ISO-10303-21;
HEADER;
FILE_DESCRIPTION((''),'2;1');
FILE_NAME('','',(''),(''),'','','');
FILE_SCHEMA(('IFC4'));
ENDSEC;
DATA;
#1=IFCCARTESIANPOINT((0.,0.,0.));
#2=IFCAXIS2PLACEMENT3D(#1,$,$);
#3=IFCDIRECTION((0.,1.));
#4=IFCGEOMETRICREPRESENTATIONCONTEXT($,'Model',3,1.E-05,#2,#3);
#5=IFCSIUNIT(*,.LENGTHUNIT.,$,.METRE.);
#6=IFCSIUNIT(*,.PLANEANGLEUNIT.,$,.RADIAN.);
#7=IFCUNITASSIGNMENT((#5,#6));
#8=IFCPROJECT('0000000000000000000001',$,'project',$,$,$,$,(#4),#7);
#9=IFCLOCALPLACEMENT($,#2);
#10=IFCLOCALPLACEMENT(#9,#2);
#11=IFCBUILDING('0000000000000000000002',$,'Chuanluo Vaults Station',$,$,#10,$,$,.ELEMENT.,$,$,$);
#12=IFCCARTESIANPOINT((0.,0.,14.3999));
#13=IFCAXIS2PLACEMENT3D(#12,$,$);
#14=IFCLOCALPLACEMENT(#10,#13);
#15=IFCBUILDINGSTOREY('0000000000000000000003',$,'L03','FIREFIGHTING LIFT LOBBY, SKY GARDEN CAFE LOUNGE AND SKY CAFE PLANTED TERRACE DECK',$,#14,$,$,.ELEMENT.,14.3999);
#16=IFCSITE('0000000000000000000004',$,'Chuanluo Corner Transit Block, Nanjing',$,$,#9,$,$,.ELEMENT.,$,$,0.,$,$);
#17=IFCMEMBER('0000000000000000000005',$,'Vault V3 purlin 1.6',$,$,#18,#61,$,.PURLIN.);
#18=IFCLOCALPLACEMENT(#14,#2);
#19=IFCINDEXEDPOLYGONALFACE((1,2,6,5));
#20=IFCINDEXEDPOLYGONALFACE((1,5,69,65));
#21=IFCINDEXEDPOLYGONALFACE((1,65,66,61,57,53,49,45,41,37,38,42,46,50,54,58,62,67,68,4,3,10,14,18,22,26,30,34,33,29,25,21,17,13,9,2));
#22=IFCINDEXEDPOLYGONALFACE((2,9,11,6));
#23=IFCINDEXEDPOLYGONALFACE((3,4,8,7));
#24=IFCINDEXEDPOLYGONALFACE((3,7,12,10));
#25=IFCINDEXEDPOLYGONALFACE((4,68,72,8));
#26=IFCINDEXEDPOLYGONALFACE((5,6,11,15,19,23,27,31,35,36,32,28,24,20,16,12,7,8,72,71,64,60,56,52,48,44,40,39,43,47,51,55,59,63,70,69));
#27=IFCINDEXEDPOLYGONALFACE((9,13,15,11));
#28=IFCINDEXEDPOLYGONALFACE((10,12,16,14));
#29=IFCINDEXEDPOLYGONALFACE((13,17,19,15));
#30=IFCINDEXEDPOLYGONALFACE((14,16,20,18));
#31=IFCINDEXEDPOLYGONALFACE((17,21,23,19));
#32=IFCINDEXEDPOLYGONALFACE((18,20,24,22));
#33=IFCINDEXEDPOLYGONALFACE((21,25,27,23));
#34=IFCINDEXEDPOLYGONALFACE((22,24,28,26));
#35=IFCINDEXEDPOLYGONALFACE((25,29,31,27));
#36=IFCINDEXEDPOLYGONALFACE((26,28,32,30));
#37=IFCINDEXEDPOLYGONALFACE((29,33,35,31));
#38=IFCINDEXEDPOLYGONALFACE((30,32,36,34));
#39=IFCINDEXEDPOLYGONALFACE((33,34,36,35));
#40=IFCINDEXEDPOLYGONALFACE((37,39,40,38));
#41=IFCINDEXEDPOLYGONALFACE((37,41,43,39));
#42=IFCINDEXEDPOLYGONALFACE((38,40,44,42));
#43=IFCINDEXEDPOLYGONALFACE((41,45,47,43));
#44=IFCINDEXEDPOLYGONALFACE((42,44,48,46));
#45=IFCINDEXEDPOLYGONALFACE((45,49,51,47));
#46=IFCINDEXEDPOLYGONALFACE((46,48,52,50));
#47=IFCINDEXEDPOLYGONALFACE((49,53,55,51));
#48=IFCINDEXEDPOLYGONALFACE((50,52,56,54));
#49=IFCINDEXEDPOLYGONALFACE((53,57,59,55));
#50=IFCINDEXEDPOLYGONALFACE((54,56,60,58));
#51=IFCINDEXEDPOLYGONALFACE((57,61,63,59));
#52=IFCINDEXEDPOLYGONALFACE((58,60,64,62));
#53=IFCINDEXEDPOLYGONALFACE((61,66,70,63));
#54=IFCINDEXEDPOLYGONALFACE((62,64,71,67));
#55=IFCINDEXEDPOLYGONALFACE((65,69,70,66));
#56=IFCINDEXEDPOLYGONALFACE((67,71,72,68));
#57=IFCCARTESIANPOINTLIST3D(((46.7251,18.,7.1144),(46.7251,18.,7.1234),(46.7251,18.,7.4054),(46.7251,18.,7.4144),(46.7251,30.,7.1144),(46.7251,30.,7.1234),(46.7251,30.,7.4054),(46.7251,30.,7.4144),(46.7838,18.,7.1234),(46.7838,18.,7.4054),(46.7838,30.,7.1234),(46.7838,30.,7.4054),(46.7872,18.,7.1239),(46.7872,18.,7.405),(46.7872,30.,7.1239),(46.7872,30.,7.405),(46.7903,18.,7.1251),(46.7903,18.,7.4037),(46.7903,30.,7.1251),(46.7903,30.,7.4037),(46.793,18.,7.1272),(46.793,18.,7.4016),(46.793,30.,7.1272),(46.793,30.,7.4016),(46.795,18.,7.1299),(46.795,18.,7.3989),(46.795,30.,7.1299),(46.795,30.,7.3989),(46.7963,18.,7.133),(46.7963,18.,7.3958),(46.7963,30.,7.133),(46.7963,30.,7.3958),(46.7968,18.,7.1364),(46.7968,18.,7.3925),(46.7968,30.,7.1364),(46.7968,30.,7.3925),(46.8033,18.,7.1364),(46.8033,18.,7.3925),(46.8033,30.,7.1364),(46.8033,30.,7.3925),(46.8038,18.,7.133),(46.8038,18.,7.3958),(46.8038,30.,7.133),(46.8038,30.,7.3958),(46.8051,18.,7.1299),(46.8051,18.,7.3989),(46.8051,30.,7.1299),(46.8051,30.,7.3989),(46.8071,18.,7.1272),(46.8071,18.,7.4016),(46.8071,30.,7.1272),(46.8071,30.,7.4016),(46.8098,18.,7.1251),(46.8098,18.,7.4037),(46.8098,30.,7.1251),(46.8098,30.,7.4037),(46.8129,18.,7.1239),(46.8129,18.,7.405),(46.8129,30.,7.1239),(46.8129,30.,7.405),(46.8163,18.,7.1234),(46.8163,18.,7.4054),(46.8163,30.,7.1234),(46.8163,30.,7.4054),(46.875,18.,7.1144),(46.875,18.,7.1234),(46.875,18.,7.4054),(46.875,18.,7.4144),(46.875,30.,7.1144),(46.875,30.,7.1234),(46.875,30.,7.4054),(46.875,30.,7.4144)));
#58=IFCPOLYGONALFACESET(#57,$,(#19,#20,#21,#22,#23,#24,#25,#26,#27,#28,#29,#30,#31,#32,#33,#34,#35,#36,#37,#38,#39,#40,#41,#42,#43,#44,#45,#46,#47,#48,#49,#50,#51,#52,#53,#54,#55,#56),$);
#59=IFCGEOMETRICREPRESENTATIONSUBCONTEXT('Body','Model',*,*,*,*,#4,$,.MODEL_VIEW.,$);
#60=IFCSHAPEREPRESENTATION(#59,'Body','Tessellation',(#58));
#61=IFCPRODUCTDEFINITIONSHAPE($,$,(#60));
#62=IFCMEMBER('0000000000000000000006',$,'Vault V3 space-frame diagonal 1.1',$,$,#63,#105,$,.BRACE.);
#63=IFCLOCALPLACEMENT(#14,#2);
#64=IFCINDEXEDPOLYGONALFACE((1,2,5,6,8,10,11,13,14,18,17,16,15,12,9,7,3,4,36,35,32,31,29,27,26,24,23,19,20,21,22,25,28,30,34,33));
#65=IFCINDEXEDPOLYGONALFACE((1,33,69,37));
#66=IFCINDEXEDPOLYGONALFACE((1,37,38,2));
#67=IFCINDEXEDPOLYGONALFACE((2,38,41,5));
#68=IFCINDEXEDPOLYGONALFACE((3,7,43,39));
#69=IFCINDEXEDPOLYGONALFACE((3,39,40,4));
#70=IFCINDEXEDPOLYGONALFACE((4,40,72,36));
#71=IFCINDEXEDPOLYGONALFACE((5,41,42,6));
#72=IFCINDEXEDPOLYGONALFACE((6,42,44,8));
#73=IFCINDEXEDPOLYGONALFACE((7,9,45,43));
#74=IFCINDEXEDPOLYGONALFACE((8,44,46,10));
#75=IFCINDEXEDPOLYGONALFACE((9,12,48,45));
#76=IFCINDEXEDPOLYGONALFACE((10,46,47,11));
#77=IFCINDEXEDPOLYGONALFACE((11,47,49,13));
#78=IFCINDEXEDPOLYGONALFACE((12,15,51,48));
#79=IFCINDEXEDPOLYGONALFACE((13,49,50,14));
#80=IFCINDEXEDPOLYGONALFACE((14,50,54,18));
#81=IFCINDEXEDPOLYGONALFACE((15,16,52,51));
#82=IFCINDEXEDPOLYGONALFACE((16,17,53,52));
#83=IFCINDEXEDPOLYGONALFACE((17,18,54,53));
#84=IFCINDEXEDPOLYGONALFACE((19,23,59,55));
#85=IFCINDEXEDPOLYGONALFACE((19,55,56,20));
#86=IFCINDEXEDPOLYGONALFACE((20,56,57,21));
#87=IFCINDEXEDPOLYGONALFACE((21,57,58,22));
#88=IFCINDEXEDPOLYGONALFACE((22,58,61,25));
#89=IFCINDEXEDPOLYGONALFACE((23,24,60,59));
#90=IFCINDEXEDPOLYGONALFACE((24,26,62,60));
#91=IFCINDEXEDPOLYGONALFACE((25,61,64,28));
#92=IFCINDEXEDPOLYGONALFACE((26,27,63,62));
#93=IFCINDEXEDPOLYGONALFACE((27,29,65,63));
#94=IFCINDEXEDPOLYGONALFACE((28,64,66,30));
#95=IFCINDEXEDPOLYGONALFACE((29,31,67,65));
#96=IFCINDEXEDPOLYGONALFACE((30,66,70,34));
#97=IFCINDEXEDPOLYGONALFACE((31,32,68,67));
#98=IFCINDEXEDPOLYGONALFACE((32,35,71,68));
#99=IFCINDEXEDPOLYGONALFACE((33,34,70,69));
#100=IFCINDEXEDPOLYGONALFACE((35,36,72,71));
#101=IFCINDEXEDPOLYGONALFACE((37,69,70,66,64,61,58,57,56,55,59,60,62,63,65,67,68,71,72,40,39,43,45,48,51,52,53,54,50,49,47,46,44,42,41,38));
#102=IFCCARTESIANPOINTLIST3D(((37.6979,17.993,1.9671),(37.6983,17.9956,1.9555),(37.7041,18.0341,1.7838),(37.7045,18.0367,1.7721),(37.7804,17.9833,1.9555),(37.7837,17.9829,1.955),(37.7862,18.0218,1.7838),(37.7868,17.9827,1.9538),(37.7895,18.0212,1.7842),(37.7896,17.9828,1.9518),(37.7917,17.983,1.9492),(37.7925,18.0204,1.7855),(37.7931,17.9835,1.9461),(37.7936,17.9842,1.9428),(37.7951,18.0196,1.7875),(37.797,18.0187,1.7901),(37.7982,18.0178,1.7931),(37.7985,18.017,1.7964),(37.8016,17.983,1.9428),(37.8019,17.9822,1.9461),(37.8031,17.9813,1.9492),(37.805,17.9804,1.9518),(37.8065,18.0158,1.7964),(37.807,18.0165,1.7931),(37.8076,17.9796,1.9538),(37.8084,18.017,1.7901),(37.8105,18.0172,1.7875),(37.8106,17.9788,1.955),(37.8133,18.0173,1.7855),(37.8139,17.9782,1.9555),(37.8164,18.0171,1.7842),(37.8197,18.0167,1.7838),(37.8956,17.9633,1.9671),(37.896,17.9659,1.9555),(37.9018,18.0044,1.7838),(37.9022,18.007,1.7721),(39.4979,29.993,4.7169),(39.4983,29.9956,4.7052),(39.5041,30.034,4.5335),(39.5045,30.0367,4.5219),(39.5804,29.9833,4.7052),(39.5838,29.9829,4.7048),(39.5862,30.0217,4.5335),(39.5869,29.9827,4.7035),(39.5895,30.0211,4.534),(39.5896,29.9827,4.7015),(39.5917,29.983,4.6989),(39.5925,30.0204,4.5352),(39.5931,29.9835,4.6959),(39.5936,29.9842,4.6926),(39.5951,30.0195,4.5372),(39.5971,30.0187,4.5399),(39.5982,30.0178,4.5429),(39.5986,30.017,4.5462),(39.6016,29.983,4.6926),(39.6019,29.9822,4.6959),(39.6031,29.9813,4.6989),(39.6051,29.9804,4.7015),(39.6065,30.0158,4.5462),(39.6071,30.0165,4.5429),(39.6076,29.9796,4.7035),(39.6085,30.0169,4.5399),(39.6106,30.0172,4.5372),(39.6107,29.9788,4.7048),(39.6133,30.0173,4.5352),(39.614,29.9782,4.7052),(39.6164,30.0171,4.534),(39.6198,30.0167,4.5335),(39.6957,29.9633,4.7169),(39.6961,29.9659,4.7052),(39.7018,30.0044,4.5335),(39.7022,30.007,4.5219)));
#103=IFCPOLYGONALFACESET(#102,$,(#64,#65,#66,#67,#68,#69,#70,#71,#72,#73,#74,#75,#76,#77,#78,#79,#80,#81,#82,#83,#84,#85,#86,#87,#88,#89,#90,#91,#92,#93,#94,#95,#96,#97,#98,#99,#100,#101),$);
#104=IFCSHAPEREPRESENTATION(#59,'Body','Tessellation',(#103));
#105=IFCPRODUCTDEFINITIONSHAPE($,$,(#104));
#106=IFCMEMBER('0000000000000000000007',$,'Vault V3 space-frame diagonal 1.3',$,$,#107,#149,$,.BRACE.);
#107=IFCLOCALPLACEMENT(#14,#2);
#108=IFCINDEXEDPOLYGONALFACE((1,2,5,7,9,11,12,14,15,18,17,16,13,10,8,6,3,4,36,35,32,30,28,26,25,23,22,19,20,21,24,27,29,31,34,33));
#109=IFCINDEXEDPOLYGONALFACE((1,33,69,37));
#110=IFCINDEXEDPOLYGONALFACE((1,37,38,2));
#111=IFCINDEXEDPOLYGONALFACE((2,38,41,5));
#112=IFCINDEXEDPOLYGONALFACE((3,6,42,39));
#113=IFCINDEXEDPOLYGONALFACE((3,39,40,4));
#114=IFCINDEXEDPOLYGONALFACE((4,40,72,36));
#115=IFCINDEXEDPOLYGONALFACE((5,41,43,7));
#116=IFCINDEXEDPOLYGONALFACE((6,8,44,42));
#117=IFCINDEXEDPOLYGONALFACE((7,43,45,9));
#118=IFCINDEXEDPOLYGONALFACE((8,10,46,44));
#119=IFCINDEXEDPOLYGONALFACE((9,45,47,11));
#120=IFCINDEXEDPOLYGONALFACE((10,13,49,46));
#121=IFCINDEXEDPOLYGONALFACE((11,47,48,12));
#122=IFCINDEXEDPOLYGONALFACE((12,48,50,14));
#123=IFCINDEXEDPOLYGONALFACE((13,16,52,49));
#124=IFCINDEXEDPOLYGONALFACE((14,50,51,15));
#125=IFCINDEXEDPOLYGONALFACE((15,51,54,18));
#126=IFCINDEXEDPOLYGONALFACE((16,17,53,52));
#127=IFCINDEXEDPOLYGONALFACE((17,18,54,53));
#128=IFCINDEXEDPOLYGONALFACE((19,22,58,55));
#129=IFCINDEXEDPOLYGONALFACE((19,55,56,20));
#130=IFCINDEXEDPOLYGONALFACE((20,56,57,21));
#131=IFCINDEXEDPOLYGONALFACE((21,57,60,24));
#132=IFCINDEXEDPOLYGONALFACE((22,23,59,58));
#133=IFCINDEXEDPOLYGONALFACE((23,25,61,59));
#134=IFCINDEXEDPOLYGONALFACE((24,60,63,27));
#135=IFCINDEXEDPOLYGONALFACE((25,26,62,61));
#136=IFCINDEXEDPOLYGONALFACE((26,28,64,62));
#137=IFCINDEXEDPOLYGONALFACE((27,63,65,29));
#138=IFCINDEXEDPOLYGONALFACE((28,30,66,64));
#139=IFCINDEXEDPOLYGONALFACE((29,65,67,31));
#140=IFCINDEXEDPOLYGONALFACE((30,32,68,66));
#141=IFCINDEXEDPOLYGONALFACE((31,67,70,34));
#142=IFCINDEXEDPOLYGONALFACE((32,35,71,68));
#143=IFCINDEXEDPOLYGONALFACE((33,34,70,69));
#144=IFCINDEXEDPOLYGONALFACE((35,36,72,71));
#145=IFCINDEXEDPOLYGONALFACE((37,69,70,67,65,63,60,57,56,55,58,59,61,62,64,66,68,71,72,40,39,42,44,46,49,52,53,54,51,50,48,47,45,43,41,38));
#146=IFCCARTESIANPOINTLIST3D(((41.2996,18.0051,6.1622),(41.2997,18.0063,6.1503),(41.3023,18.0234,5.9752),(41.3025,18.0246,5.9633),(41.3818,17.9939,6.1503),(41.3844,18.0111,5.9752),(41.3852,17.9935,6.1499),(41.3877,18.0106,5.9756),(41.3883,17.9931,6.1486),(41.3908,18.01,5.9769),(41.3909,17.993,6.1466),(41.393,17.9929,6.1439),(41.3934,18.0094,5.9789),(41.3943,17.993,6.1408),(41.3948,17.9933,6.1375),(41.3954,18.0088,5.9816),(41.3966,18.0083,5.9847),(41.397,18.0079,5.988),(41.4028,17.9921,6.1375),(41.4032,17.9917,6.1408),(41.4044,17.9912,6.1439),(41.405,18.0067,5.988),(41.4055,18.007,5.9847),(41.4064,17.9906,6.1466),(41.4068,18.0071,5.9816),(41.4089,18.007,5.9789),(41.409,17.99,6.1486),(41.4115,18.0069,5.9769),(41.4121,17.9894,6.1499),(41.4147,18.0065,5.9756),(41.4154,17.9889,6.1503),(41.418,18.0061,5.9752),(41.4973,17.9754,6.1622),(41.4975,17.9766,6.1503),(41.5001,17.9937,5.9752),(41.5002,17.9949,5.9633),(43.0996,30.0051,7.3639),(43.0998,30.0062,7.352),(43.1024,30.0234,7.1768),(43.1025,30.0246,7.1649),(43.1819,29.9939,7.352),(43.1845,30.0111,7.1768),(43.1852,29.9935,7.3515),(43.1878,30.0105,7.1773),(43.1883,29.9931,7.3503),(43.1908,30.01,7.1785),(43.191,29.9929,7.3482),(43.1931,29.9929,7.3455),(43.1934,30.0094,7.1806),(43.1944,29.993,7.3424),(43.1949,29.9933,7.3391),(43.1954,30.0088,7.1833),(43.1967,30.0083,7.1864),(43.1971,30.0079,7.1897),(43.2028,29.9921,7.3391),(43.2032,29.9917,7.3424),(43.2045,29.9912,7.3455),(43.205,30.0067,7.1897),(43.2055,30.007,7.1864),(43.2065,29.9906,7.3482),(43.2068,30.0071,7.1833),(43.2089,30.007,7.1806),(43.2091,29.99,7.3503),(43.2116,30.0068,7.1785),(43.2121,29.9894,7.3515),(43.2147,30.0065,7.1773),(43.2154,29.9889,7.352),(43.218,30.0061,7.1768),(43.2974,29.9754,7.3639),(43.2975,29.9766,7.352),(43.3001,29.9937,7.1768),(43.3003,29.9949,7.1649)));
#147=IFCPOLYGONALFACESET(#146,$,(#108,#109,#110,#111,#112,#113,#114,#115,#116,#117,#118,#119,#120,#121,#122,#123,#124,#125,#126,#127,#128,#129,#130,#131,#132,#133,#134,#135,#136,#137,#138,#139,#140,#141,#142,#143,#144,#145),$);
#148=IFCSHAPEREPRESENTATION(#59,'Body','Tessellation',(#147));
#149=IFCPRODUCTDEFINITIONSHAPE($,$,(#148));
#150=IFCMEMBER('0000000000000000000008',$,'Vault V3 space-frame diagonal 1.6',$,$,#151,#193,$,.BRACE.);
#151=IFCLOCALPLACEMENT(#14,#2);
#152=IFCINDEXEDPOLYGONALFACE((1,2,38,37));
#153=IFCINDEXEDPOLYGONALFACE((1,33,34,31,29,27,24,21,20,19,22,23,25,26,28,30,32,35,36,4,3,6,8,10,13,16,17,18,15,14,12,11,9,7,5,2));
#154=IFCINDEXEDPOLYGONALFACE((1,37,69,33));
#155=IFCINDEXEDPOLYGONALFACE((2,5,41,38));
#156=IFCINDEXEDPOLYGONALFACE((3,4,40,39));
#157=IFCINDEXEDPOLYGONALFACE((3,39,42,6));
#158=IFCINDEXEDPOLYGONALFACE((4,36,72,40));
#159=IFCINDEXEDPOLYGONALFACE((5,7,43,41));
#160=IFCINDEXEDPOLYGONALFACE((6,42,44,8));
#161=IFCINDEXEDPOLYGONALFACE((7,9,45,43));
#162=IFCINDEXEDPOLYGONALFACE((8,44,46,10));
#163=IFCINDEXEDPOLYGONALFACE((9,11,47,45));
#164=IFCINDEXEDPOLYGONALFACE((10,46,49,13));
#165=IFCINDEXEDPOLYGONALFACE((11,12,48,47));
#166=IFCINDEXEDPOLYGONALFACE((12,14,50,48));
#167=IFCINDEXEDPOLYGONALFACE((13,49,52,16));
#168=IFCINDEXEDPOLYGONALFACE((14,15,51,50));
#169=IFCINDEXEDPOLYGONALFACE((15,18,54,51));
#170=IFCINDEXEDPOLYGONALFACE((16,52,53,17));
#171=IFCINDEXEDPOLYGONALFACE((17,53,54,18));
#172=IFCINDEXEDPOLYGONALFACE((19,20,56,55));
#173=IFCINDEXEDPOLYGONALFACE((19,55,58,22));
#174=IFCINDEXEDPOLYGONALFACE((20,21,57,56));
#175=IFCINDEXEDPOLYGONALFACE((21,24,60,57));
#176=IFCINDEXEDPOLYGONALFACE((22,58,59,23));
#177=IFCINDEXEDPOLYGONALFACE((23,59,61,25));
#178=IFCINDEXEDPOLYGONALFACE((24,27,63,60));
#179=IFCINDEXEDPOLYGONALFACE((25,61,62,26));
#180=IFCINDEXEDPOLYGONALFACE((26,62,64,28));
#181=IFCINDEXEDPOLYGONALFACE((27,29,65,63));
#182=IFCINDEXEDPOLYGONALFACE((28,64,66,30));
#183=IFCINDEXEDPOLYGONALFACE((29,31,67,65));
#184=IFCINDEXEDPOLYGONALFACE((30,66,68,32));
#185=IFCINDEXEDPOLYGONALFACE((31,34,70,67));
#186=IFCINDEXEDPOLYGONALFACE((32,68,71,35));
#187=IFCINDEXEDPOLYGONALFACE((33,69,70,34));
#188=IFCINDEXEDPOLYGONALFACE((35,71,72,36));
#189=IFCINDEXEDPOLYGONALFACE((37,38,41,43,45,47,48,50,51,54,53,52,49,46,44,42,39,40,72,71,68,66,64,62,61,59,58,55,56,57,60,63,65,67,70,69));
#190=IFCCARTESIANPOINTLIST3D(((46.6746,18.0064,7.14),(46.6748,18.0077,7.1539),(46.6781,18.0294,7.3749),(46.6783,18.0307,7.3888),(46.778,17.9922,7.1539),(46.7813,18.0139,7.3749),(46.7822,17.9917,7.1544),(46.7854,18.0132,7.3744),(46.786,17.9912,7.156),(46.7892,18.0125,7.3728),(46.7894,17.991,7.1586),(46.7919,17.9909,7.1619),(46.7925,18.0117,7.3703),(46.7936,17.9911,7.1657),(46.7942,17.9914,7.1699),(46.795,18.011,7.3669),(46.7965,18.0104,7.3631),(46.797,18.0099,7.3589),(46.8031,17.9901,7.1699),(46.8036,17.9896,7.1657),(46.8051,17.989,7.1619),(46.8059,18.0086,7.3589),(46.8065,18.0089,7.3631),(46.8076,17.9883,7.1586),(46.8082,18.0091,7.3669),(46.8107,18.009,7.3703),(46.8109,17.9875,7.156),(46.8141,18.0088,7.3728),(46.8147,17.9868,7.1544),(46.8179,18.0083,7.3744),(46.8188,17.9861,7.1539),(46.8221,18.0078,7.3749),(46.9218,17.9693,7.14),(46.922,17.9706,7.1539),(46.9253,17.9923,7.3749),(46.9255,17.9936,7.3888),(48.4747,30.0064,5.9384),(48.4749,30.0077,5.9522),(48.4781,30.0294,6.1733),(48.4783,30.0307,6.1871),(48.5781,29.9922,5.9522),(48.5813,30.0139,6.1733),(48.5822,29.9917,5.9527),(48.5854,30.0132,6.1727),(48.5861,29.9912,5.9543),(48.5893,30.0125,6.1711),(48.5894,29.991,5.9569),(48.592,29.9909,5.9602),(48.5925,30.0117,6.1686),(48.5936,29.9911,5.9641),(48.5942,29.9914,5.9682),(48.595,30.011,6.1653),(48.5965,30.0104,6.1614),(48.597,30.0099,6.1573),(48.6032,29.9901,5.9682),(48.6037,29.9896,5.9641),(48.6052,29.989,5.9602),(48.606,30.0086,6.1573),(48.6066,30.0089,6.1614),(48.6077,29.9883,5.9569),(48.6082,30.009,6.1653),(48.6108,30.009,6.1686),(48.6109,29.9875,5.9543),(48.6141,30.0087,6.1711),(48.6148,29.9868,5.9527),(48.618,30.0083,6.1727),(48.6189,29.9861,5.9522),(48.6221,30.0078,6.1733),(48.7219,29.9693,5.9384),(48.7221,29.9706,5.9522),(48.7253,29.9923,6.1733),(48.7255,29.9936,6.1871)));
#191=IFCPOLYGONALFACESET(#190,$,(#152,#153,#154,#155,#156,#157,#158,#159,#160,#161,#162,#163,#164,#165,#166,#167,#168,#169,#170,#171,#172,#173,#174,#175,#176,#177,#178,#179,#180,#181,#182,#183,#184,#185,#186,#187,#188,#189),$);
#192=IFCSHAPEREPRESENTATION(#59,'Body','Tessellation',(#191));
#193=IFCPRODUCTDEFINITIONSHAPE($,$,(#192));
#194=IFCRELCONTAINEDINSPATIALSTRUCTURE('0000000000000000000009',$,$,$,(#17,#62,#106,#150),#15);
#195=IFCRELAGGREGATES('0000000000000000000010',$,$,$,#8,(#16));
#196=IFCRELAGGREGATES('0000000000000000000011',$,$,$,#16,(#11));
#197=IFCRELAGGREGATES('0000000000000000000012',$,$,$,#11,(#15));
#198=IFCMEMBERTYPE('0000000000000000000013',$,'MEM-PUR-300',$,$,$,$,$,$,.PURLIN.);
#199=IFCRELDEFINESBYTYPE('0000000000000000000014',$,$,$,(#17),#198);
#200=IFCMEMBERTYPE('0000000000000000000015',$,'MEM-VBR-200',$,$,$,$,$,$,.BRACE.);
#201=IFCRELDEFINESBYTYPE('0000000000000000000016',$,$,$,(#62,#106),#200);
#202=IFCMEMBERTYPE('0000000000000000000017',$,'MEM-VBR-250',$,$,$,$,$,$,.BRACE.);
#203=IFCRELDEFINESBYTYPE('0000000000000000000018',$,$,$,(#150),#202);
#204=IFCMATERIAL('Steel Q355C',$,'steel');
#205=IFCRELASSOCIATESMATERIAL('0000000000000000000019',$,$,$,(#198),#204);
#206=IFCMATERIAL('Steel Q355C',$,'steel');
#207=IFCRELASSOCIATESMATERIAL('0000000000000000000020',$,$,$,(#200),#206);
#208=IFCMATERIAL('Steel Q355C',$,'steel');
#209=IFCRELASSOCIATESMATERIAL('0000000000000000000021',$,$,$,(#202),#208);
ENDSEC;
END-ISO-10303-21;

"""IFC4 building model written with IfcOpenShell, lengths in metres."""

from ifc_helpers import new_model, si_unit, direction, frame, origin, origin_2d, place, context, subcontext, project, spatial, i_section, extrude, material, material_profile, profile_set, type_object, element, save


model = new_model("IFC4")

# Units and contexts
model_context = context("Model", 3, precision=1e-05, world=origin(), true_north=direction((0.0, 1.0)))
body_context = subcontext(model_context, "Body", "Model", "MODEL_VIEW")
ifc_project = project(units=[si_unit("LENGTHUNIT", "METRE"), si_unit("PLANEANGLEUNIT", "RADIAN")], contexts=[model_context])

# Site, building, storey
site_placement = place(None, origin())
site = spatial("IfcSite", under=ifc_project, at=site_placement, Name="Chuanluo Corner Transit Block, Nanjing", CompositionType="ELEMENT", RefElevation=0.0)
building_placement = place(site_placement, origin())
building = spatial("IfcBuilding", under=site, at=building_placement, Name="Chuanluo Vaults Station", CompositionType="ELEMENT")
storey_placement = place(building_placement, frame((0.0, 0.0, 14.3999)))
storey = spatial("IfcBuildingStorey", under=building, at=storey_placement, Name="L03", Description="FIREFIGHTING LIFT LOBBY, SKY GARDEN CAFE LOUNGE AND SKY CAFE PLANTED TERRACE DECK", CompositionType="ELEMENT", Elevation=14.3999)

# Members
ifc_material_1 = material(Name="Steel Q355C", Category="steel")
ifc_material_profile_1 = material_profile(ifc_material_1, i_section(OverallWidth=0.1499, OverallDepth=0.3, WebThickness=0.0066, FlangeThickness=0.009, FilletRadius=0.0129, at=origin_2d()))
ifc_profile_set_1 = profile_set([ifc_material_profile_1], Name="Steel Q355C")
member_type_1 = type_object("IfcMemberType", Name="MEM-PUR-300", PredefinedType="PURLIN", material=ifc_profile_set_1)
for number, where, z_axis, x_axis, name in (
    (1, (46.8, 18.0, 7.2644), (0.0, 1.0, 0.0), (-1.0, 0.0, 0.0), "Vault V3 purlin 1.6"),
):
    element("IfcMember", number, at=place(storey_placement, frame(where, z_axis=z_axis, x_axis=x_axis)), inside=storey, type_object=member_type_1, Name=name, PredefinedType="PURLIN", context=body_context, shape_type="SweptSolid", body=[
        extrude(i_section(OverallWidth=0.1499, OverallDepth=0.3, WebThickness=0.0066, FlangeThickness=0.009, FilletRadius=0.0129, at=origin_2d()), origin(), (0.0, 0.0, 1.0), 12.0),
    ])
ifc_material_2 = material(Name="Steel Q355C", Category="steel")
ifc_material_profile_2 = material_profile(ifc_material_2, i_section(OverallWidth=0.2, OverallDepth=0.2, WebThickness=0.0081, FlangeThickness=0.012, FilletRadius=0.0129, at=origin_2d()))
ifc_profile_set_2 = profile_set([ifc_material_profile_2], Name="Steel Q355C")
member_type_2 = type_object("IfcMemberType", Name="MEM-VBR-200", PredefinedType="BRACE", material=ifc_profile_set_2)
member_1_placement = place(storey_placement, frame((37.8, 18.0, 1.8696), z_axis=(0.144676, 0.964481, 0.221007), x_axis=(-0.988936, 0.148344, 0.0)))
element("IfcMember", 2, at=member_1_placement, inside=storey, type_object=member_type_2, Name="Vault V3 space-frame diagonal 1.1", PredefinedType="BRACE", context=body_context, shape_type="SweptSolid", body=[
    extrude(i_section(OverallWidth=0.2, OverallDepth=0.2, WebThickness=0.0081, FlangeThickness=0.012, FilletRadius=0.0129, at=origin_2d()), origin(), (0.0, 0.0, 1.0), 12.4419),
])
member_2_placement = place(storey_placement, frame((41.3999, 18.0, 6.0627), z_axis=(0.147622, 0.984122, 0.098548), x_axis=(-0.988936, 0.148344, 0.0)))
element("IfcMember", 3, at=member_2_placement, inside=storey, type_object=member_type_2, Name="Vault V3 space-frame diagonal 1.3", PredefinedType="BRACE", context=body_context, shape_type="SweptSolid", body=[
    extrude(i_section(OverallWidth=0.2, OverallDepth=0.2, WebThickness=0.0081, FlangeThickness=0.012, FilletRadius=0.0129, at=origin_2d()), origin(), (0.0, 0.0, 1.0), 12.1936),
])
ifc_material_3 = material(Name="Steel Q355C", Category="steel")
ifc_material_profile_3 = material_profile(ifc_material_3, i_section(OverallWidth=0.25, OverallDepth=0.25, WebThickness=0.009, FlangeThickness=0.0139, FilletRadius=0.0161, at=origin_2d()))
ifc_profile_set_3 = profile_set([ifc_material_profile_3], Name="Steel Q355C")
member_type_3 = type_object("IfcMemberType", Name="MEM-VBR-250", PredefinedType="BRACE", material=ifc_profile_set_3)
member_3_placement = place(storey_placement, frame((46.8, 18.0, 7.2644), z_axis=(0.147622, 0.984122, -0.098548), x_axis=(-0.988936, 0.148344, 0.0)))
element("IfcMember", 4, at=member_3_placement, inside=storey, type_object=member_type_3, Name="Vault V3 space-frame diagonal 1.6", PredefinedType="BRACE", context=body_context, shape_type="SweptSolid", body=[
    extrude(i_section(OverallWidth=0.25, OverallDepth=0.25, WebThickness=0.009, FlangeThickness=0.0139, FilletRadius=0.0161, at=origin_2d()), origin(), (0.0, 0.0, 1.0), 12.1936),
])

save(model, "model.ifc")
